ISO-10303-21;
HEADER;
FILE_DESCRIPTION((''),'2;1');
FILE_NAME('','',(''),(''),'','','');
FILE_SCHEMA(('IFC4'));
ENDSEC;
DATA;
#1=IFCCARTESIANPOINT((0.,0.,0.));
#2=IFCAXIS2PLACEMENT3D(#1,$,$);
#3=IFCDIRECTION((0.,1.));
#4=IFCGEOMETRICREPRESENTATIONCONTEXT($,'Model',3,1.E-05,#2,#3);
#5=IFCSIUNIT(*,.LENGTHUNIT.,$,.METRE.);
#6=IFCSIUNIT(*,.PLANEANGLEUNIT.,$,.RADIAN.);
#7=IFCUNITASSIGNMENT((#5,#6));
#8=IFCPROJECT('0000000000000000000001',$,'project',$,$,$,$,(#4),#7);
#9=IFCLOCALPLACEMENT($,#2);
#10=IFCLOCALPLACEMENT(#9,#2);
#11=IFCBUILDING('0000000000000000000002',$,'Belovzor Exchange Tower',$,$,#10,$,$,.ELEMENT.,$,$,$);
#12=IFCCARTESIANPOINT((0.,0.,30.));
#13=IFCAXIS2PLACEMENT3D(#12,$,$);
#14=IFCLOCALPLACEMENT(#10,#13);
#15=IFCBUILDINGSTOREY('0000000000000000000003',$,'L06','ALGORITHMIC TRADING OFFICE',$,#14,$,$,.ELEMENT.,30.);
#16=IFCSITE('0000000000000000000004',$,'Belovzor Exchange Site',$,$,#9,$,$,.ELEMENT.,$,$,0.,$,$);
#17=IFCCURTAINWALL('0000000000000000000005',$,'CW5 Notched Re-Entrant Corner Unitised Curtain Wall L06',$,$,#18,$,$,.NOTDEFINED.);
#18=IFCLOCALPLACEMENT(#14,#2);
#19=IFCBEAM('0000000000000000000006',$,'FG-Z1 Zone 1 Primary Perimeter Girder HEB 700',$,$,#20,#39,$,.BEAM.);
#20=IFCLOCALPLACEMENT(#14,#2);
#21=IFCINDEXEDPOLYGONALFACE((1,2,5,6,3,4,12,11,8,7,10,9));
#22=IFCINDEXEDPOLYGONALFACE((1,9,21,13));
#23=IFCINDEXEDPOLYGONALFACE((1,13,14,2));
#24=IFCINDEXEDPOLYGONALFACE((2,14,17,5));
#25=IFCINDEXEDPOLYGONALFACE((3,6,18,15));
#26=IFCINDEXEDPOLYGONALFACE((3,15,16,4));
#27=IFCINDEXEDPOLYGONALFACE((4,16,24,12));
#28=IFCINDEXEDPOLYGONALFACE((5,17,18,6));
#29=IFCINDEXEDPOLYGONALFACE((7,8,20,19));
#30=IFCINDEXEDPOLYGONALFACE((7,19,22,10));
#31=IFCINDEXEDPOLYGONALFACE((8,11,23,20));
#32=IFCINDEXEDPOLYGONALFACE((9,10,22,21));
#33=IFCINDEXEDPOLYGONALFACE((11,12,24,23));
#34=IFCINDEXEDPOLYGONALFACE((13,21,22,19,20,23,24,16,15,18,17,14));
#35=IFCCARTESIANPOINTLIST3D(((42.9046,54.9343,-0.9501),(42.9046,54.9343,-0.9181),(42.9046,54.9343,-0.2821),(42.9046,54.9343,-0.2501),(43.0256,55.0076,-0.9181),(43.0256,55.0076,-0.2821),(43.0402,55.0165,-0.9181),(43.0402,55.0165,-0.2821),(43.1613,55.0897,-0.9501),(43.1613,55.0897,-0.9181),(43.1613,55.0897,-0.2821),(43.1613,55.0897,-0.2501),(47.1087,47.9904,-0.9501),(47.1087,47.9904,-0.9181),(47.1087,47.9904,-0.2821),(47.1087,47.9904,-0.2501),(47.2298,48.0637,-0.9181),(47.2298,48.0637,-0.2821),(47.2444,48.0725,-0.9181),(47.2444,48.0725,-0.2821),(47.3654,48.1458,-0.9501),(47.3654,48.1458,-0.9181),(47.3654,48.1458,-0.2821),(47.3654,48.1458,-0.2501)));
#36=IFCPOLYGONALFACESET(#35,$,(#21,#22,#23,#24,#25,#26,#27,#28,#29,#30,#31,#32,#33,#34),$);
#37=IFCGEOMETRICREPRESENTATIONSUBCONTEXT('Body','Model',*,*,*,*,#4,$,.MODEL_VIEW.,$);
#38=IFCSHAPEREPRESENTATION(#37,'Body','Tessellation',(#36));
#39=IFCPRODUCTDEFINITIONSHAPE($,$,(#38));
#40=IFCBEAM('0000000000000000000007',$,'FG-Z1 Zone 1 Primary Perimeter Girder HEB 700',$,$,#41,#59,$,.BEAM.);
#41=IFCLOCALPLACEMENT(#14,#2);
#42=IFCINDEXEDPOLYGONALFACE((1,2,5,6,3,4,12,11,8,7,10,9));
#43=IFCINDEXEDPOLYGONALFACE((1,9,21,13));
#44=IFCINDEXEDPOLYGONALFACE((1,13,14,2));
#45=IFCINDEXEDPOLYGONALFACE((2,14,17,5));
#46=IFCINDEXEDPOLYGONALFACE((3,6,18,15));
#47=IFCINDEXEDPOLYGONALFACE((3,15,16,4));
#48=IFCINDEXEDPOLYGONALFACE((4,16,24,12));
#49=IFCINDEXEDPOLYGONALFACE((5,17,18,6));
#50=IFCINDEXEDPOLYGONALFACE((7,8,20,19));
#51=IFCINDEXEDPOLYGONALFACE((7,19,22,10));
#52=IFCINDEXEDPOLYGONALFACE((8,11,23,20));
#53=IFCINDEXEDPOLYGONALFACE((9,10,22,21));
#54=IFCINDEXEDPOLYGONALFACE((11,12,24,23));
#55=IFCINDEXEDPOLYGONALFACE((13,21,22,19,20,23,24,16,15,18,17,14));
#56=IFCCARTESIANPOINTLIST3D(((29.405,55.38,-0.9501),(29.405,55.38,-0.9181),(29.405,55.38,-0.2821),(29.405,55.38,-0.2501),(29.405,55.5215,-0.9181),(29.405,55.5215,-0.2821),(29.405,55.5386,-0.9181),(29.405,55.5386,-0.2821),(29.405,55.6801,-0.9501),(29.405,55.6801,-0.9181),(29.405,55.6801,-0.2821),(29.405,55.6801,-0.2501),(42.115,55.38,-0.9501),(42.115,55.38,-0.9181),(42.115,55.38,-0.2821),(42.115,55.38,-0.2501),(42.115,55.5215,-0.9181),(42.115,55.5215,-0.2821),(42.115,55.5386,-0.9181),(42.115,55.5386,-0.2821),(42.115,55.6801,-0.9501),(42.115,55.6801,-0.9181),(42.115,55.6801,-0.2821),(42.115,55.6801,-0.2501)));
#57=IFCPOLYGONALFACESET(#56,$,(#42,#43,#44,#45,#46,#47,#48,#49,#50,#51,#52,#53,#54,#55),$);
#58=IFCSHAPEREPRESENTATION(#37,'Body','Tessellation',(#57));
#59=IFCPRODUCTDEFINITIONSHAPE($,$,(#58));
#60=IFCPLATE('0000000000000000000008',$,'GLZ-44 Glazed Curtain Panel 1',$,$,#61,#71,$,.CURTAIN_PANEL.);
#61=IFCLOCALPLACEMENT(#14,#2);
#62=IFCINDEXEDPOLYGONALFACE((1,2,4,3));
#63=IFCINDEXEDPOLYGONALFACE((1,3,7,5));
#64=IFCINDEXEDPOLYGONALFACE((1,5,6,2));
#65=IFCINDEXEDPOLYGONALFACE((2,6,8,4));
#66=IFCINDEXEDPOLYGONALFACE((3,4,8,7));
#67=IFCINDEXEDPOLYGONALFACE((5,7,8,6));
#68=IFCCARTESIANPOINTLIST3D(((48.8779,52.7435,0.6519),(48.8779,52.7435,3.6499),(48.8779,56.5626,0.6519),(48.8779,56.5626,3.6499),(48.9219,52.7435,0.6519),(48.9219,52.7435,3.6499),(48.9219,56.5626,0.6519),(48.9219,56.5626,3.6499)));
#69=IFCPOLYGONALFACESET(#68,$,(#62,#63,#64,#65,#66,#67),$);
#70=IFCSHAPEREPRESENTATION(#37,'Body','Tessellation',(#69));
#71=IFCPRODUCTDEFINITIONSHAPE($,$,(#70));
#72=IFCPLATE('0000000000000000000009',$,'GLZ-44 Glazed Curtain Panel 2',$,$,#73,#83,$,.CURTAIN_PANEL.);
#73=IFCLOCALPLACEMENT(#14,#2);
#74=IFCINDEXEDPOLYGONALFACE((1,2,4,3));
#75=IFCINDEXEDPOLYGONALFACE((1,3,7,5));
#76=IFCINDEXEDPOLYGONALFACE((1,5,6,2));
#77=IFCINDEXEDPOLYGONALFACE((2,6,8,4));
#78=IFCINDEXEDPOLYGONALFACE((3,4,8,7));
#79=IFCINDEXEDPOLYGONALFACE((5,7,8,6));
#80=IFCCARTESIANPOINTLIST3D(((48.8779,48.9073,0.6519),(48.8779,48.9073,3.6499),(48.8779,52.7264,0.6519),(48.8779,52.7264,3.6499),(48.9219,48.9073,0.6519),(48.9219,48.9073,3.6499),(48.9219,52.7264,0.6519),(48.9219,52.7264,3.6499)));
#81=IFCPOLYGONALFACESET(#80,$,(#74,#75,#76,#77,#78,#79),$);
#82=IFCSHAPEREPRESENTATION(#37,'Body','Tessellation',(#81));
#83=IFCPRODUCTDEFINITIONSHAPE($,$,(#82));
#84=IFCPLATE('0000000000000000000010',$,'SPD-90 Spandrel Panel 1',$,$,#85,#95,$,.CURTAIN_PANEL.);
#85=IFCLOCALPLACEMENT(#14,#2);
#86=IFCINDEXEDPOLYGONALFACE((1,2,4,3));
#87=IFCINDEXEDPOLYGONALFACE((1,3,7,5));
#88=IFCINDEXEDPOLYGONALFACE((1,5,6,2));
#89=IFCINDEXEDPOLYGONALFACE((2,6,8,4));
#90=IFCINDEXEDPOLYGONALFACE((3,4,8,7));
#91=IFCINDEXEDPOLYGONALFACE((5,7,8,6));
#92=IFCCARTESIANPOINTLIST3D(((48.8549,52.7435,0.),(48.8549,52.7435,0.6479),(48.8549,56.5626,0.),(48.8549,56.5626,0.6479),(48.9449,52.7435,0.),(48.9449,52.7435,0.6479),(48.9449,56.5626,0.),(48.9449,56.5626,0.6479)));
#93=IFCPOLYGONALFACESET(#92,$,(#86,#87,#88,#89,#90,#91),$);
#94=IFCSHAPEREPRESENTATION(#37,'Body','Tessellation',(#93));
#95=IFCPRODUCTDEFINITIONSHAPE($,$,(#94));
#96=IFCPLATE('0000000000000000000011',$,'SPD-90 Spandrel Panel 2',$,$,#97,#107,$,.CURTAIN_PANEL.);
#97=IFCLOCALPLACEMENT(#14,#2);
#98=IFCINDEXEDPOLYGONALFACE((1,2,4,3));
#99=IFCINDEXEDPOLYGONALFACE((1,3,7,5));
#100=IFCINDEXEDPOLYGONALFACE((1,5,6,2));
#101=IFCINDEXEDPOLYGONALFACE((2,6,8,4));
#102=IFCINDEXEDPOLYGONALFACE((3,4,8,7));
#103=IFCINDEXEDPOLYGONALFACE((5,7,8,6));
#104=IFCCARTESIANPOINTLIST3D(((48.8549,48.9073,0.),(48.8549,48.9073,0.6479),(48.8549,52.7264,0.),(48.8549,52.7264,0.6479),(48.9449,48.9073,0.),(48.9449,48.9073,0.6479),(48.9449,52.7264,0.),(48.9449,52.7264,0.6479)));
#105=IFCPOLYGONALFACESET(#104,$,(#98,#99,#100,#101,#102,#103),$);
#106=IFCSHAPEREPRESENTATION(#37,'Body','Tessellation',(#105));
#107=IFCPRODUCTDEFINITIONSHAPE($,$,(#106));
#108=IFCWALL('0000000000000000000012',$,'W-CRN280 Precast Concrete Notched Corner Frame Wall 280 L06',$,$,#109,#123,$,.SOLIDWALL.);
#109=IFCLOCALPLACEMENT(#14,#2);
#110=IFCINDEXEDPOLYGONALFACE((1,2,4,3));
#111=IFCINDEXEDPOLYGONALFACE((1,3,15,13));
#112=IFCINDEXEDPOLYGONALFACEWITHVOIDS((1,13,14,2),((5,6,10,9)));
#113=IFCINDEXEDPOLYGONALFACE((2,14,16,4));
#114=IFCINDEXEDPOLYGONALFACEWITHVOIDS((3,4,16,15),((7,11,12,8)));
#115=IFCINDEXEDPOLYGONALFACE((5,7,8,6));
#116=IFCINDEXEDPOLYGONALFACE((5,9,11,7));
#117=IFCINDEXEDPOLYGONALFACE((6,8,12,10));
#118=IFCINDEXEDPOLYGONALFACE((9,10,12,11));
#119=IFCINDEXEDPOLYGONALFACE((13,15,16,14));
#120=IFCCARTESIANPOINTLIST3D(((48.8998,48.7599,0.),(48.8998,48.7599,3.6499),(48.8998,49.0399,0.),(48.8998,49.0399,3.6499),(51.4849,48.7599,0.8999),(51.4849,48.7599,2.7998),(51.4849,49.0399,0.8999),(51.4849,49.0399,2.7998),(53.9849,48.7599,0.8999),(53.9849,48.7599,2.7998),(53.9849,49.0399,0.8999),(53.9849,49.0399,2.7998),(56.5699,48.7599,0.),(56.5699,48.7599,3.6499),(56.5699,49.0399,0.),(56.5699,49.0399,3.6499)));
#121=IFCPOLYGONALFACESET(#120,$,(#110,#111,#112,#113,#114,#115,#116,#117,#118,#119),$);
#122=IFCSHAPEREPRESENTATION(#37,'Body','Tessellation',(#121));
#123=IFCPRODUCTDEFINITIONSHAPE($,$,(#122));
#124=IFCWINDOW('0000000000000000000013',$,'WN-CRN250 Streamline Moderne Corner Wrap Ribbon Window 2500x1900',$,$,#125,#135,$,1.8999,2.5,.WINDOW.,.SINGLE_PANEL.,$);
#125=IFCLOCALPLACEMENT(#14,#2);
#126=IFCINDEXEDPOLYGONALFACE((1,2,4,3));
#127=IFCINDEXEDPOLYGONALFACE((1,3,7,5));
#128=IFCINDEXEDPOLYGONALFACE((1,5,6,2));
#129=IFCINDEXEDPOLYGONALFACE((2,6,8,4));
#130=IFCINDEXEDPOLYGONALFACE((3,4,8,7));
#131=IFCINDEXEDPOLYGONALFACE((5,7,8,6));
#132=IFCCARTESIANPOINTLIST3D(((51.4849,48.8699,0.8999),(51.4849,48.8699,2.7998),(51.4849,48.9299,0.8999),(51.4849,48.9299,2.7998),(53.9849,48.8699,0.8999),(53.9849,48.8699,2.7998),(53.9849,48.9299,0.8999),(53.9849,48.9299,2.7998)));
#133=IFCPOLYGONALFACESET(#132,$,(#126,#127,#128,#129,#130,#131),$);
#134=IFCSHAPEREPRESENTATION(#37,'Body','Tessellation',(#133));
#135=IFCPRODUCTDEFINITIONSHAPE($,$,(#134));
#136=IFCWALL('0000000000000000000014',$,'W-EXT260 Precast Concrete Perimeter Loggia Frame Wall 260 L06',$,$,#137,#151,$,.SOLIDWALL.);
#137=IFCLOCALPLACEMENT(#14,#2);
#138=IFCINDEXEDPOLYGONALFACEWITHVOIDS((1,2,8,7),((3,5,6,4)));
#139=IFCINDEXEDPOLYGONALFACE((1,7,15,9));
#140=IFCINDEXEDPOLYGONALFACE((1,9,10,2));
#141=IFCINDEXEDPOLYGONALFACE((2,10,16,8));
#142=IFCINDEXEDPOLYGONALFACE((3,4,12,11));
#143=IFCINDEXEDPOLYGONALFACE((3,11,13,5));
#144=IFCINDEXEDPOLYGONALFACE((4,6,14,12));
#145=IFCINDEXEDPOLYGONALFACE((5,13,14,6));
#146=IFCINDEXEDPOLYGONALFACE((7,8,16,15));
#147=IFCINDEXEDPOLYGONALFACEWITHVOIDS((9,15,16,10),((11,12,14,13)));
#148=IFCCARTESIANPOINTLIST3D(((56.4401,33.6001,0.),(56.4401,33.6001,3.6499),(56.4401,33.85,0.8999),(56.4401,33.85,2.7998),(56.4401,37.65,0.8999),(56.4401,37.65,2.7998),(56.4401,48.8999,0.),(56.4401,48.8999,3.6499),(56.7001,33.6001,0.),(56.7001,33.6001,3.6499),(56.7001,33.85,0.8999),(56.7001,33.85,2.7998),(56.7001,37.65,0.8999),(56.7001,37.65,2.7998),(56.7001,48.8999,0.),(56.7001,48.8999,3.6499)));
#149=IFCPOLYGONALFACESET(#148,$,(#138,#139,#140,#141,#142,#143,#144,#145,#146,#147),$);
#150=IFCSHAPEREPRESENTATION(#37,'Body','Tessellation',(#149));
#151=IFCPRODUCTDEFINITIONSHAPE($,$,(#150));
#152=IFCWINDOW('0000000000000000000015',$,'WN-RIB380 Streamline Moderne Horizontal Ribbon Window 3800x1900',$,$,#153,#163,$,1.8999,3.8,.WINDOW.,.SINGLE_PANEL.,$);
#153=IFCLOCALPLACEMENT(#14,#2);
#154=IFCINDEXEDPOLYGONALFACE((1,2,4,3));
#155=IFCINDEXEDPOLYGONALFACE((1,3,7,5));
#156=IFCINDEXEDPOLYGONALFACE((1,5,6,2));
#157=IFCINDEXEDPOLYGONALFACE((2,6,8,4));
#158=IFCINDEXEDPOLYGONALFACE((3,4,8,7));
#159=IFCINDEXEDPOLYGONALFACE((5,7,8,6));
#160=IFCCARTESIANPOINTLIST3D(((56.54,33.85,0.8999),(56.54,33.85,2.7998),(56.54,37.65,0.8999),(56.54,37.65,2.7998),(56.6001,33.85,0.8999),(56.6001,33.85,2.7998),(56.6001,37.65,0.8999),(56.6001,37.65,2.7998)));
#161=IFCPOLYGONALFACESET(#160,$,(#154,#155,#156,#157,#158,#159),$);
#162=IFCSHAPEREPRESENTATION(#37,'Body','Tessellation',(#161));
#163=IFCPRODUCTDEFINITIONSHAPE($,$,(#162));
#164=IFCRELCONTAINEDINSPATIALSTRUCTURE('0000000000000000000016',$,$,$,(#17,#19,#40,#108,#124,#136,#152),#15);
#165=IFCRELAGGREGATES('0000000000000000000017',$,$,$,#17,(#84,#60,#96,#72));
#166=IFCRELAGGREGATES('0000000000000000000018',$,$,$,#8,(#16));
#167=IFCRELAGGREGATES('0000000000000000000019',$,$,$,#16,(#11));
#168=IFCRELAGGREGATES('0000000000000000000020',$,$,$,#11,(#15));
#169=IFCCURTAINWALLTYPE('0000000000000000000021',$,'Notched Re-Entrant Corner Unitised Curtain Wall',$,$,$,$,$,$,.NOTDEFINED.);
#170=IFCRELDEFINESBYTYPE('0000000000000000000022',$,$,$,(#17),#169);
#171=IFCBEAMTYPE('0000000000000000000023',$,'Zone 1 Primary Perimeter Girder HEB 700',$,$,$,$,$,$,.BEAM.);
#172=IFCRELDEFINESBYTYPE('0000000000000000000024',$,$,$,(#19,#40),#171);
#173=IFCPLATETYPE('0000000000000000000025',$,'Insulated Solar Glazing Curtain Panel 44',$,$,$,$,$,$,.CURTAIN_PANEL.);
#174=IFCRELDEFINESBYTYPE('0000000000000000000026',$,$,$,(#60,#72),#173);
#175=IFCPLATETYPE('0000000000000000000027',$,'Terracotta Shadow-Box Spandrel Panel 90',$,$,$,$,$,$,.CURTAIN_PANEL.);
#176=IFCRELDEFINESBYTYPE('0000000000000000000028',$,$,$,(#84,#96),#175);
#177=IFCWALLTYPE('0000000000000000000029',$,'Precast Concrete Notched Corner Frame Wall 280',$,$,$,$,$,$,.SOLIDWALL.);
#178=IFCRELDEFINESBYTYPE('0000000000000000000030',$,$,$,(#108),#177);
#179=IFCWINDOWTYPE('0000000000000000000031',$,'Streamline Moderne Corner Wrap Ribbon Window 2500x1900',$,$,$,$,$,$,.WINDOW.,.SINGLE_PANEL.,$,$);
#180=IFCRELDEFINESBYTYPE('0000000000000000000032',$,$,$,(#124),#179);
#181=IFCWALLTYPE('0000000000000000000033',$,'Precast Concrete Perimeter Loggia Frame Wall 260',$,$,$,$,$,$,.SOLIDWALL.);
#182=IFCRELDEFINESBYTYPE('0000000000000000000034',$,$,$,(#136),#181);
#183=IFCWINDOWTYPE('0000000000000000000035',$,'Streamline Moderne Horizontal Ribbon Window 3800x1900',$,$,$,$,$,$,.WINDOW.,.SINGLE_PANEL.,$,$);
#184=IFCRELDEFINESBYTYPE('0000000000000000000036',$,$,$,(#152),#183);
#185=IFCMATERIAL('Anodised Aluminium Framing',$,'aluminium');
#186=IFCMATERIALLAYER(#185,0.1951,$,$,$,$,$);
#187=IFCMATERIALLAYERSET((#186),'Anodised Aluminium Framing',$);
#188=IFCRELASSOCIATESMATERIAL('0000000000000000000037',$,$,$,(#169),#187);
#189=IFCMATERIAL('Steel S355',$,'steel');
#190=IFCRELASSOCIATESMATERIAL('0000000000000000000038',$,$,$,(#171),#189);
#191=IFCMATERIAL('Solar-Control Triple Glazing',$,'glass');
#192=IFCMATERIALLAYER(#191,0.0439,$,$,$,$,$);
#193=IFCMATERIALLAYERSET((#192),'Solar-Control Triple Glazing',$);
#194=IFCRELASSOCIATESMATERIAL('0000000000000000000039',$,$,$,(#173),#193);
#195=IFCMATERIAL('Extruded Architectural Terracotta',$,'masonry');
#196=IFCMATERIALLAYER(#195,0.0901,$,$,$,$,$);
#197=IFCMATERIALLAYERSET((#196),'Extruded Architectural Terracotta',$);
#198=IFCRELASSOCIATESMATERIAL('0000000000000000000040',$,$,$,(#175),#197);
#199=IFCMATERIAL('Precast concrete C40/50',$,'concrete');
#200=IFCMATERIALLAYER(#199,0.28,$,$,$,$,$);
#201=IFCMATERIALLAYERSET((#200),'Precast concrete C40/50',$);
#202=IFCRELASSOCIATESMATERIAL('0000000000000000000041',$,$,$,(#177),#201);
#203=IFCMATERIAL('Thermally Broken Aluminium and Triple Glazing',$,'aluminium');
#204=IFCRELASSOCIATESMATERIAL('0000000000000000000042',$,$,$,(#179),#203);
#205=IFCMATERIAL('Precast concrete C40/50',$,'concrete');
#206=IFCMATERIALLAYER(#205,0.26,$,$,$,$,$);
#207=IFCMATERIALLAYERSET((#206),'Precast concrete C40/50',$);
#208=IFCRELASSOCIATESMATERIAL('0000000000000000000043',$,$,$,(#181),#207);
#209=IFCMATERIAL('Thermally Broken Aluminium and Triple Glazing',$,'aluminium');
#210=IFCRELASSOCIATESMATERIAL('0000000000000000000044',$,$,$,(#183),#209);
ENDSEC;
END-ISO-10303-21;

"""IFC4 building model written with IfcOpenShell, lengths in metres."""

from ifc_helpers import new_model, si_unit, direction, frame, frame_2d, origin, origin_2d, place, context, subcontext, project, spatial, rectangle, i_section, extrude, material, layer, layer_set, material_profile, profile_set, type_object, element, fill, aggregate, save


model = new_model("IFC4")

# Units and contexts
model_context = context("Model", 3, precision=1e-05, world=origin(), true_north=direction((0.0, 1.0)))
body_context = subcontext(model_context, "Body", "Model", "MODEL_VIEW")
ifc_project = project(units=[si_unit("LENGTHUNIT", "METRE"), si_unit("PLANEANGLEUNIT", "RADIAN")], contexts=[model_context])

# Site, building, storey
site_placement = place(None, origin())
site = spatial("IfcSite", under=ifc_project, at=site_placement, Name="Belovzor Exchange Site", CompositionType="ELEMENT", RefElevation=0.0)
building_placement = place(site_placement, origin())
building = spatial("IfcBuilding", under=site, at=building_placement, Name="Belovzor Exchange Tower", CompositionType="ELEMENT")
storey_placement = place(building_placement, frame((0.0, 0.0, 30.0)))
storey = spatial("IfcBuildingStorey", under=building, at=storey_placement, Name="L06", Description="ALGORITHMIC TRADING OFFICE", CompositionType="ELEMENT", Elevation=30.0)

# Curtain wall
ifc_material_1 = material(Name="Anodised Aluminium Framing", Category="aluminium")
ifc_layer_1 = layer(ifc_material_1, 0.1951)
ifc_layer_set_1 = layer_set([ifc_layer_1], Name="Anodised Aluminium Framing")
curtain_wall_type = type_object("IfcCurtainWallType", Name="Notched Re-Entrant Corner Unitised Curtain Wall", PredefinedType="NOTDEFINED", material=ifc_layer_set_1)
curtain_wall_placement = place(storey_placement, origin())
curtain_wall = element("IfcCurtainWall", 1, at=curtain_wall_placement, inside=storey, type_object=curtain_wall_type, Name="CW5 Notched Re-Entrant Corner Unitised Curtain Wall L06", PredefinedType="NOTDEFINED")

# Beams
ifc_material_2 = material(Name="Steel S355", Category="steel")
ifc_material_profile_1 = material_profile(ifc_material_2, i_section(OverallWidth=0.3, OverallDepth=0.7, WebThickness=0.0171, FlangeThickness=0.032, at=origin_2d()))
ifc_profile_set_1 = profile_set([ifc_material_profile_1], Name="Steel S355")
beam_type_1 = type_object("IfcBeamType", Name="Zone 1 Primary Perimeter Girder HEB 700", PredefinedType="BEAM", material=ifc_profile_set_1)
beam_1_placement = place(storey_placement, frame((47.2371, 48.0681, -0.6001), z_axis=(-0.517915, 0.855432, 0.0), x_axis=(-0.855432, -0.517915, 0.0)))
element("IfcBeam", 2, at=beam_1_placement, inside=storey, type_object=beam_type_1, Name="FG-Z1 Zone 1 Primary Perimeter Girder HEB 700", PredefinedType="BEAM", context=body_context, shape_type="SweptSolid", body=[
    extrude(i_section(OverallWidth=0.3, OverallDepth=0.7, WebThickness=0.0171, FlangeThickness=0.032, at=origin_2d()), origin(), (0.0, 0.0, 1.0), 8.1174),
])
beam_2_placement = place(storey_placement, frame((42.115, 55.53, -0.6001), z_axis=(-1.0, 0.0, 0.0), x_axis=(0.0, -1.0, 0.0)))
element("IfcBeam", 3, at=beam_2_placement, inside=storey, type_object=beam_type_1, Name="FG-Z1 Zone 1 Primary Perimeter Girder HEB 700", PredefinedType="BEAM", context=body_context, shape_type="SweptSolid", body=[
    extrude(i_section(OverallWidth=0.3, OverallDepth=0.7, WebThickness=0.0171, FlangeThickness=0.032, at=origin_2d()), origin(), (0.0, 0.0, 1.0), 12.71),
])

# Plates
ifc_material_3 = material(Name="Solar-Control Triple Glazing", Category="glass")
ifc_layer_2 = layer(ifc_material_3, 0.0439)
ifc_layer_set_2 = layer_set([ifc_layer_2], Name="Solar-Control Triple Glazing")
plate_type_1 = type_object("IfcPlateType", Name="Insulated Solar Glazing Curtain Panel 44", PredefinedType="CURTAIN_PANEL", material=ifc_layer_set_2)
plate_1_placement = place(storey_placement, frame((48.8999, 54.6531, 0.6519), z_axis=(0.0, 0.0, 1.0), x_axis=(0.0, -1.0, 0.0)))
plate_1 = element("IfcPlate", 4, at=plate_1_placement, type_object=plate_type_1, Name="GLZ-44 Glazed Curtain Panel 1", PredefinedType="CURTAIN_PANEL", context=body_context, shape_type="SweptSolid", body=[
    extrude(rectangle(XDim=3.8191, YDim=0.0439, at=origin_2d()), origin(), (0.0, 0.0, 1.0), 2.998),
])
plate_2_placement = place(storey_placement, frame((48.8999, 50.8169, 0.6519), z_axis=(0.0, 0.0, 1.0), x_axis=(0.0, -1.0, 0.0)))
plate_2 = element("IfcPlate", 5, at=plate_2_placement, type_object=plate_type_1, Name="GLZ-44 Glazed Curtain Panel 2", PredefinedType="CURTAIN_PANEL", context=body_context, shape_type="SweptSolid", body=[
    extrude(rectangle(XDim=3.8191, YDim=0.0439, at=origin_2d()), origin(), (0.0, 0.0, 1.0), 2.998),
])
ifc_material_4 = material(Name="Extruded Architectural Terracotta", Category="masonry")
ifc_layer_3 = layer(ifc_material_4, 0.0901)
ifc_layer_set_3 = layer_set([ifc_layer_3], Name="Extruded Architectural Terracotta")
plate_type_2 = type_object("IfcPlateType", Name="Terracotta Shadow-Box Spandrel Panel 90", PredefinedType="CURTAIN_PANEL", material=ifc_layer_set_3)
plate_3_placement = place(storey_placement, frame((48.8999, 54.6531, 0.0), z_axis=(0.0, 0.0, 1.0), x_axis=(0.0, -1.0, 0.0)))
plate_3 = element("IfcPlate", 6, at=plate_3_placement, type_object=plate_type_2, Name="SPD-90 Spandrel Panel 1", PredefinedType="CURTAIN_PANEL", context=body_context, shape_type="SweptSolid", body=[
    extrude(rectangle(XDim=3.8191, YDim=0.0901, at=origin_2d()), origin(), (0.0, 0.0, 1.0), 0.6479),
])
plate_4_placement = place(storey_placement, frame((48.8999, 50.8169, 0.0), z_axis=(0.0, 0.0, 1.0), x_axis=(0.0, -1.0, 0.0)))
plate_4 = element("IfcPlate", 7, at=plate_4_placement, type_object=plate_type_2, Name="SPD-90 Spandrel Panel 2", PredefinedType="CURTAIN_PANEL", context=body_context, shape_type="SweptSolid", body=[
    extrude(rectangle(XDim=3.8191, YDim=0.0901, at=origin_2d()), origin(), (0.0, 0.0, 1.0), 0.6479),
])
aggregate(curtain_wall, [plate_3, plate_1, plate_4, plate_2])

# Walls, openings, windows
ifc_material_5 = material(Name="Precast concrete C40/50", Category="concrete")
ifc_layer_4 = layer(ifc_material_5, 0.28)
ifc_layer_set_4 = layer_set([ifc_layer_4], Name="Precast concrete C40/50")
wall_type_1 = type_object("IfcWallType", Name="Precast Concrete Notched Corner Frame Wall 280", PredefinedType="SOLIDWALL", material=ifc_layer_set_4)
wall_1_placement = place(storey_placement, frame((48.8999, 48.8999, 0.0), z_axis=(0.0, 0.0, 1.0), x_axis=(1.0, 0.0, 0.0)))
wall_1 = element("IfcWall", 8, at=wall_1_placement, inside=storey, type_object=wall_type_1, Name="W-CRN280 Precast Concrete Notched Corner Frame Wall 280 L06", PredefinedType="SOLIDWALL", context=body_context, shape_type="SweptSolid", body=[
    extrude(rectangle(XDim=7.6702, YDim=0.28, at=frame_2d((3.835, 0.0))), origin(), (0.0, 0.0, 1.0), 3.6499),
])
opening_1_placement = place(wall_1_placement, frame((2.585, 0.0, 0.8999)))
opening_1 = element("IfcOpeningElement", 9, at=opening_1_placement, cuts=wall_1, PredefinedType="OPENING", context=body_context, shape_type="SweptSolid", body=[
    extrude(rectangle(XDim=2.5, YDim=1.8999, at=frame_2d((1.25, 0.95))), frame((0.0, 0.1499, 0.0), z_axis=(0.0, -1.0, 0.0), x_axis=(1.0, 0.0, 0.0)), (0.0, 0.0, 1.0), 0.3),
])
ifc_material_6 = material(Name="Thermally Broken Aluminium and Triple Glazing", Category="aluminium")
window_type_1 = type_object("IfcWindowType", Name="Streamline Moderne Corner Wrap Ribbon Window 2500x1900", PartitioningType="SINGLE_PANEL", PredefinedType="WINDOW", material=ifc_material_6)
window_1_placement = place(opening_1_placement, origin())
window_1 = element("IfcWindow", 10, at=window_1_placement, inside=storey, type_object=window_type_1, Name="WN-CRN250 Streamline Moderne Corner Wrap Ribbon Window 2500x1900", OverallHeight=1.8999, OverallWidth=2.5, PartitioningType="SINGLE_PANEL", PredefinedType="WINDOW", context=body_context, shape_type="SweptSolid", body=[
    extrude(rectangle(XDim=2.5, YDim=1.8999, at=frame_2d((1.25, 0.95))), frame((0.0, 0.03, 0.0), z_axis=(0.0, -1.0, 0.0), x_axis=(1.0, 0.0, 0.0)), (0.0, 0.0, 1.0), 0.0601),
])
fill(opening_1, window_1)
ifc_material_7 = material(Name="Precast concrete C40/50", Category="concrete")
ifc_layer_5 = layer(ifc_material_7, 0.26)
ifc_layer_set_5 = layer_set([ifc_layer_5], Name="Precast concrete C40/50")
wall_type_2 = type_object("IfcWallType", Name="Precast Concrete Perimeter Loggia Frame Wall 260", PredefinedType="SOLIDWALL", material=ifc_layer_set_5)
wall_2_placement = place(storey_placement, frame((56.5701, 48.8999, 0.0), z_axis=(0.0, 0.0, 1.0), x_axis=(0.0, -1.0, 0.0)))
wall_2 = element("IfcWall", 11, at=wall_2_placement, inside=storey, type_object=wall_type_2, Name="W-EXT260 Precast Concrete Perimeter Loggia Frame Wall 260 L06", PredefinedType="SOLIDWALL", context=body_context, shape_type="SweptSolid", body=[
    extrude(rectangle(XDim=15.2998, YDim=0.26, at=frame_2d((7.6499, 0.0))), origin(), (0.0, 0.0, 1.0), 3.6499),
])
opening_2_placement = place(wall_2_placement, frame((11.25, 0.0, 0.8999)))
opening_2 = element("IfcOpeningElement", 12, at=opening_2_placement, cuts=wall_2, PredefinedType="OPENING", context=body_context, shape_type="SweptSolid", body=[
    extrude(rectangle(XDim=3.8, YDim=1.8999, at=frame_2d((1.8999, 0.95))), frame((0.0, 0.1399, 0.0), z_axis=(0.0, -1.0, 0.0), x_axis=(1.0, 0.0, 0.0)), (0.0, 0.0, 1.0), 0.28),
])
ifc_material_8 = material(Name="Thermally Broken Aluminium and Triple Glazing", Category="aluminium")
window_type_2 = type_object("IfcWindowType", Name="Streamline Moderne Horizontal Ribbon Window 3800x1900", PartitioningType="SINGLE_PANEL", PredefinedType="WINDOW", material=ifc_material_8)
window_2_placement = place(opening_2_placement, origin())
window_2 = element("IfcWindow", 13, at=window_2_placement, inside=storey, type_object=window_type_2, Name="WN-RIB380 Streamline Moderne Horizontal Ribbon Window 3800x1900", OverallHeight=1.8999, OverallWidth=3.8, PartitioningType="SINGLE_PANEL", PredefinedType="WINDOW", context=body_context, shape_type="SweptSolid", body=[
    extrude(rectangle(XDim=3.8, YDim=1.8999, at=frame_2d((1.8999, 0.95))), frame((0.0, 0.03, 0.0), z_axis=(0.0, -1.0, 0.0), x_axis=(1.0, 0.0, 0.0)), (0.0, 0.0, 1.0), 0.0601),
])
fill(opening_2, window_2)

save(model, "model.ifc")
